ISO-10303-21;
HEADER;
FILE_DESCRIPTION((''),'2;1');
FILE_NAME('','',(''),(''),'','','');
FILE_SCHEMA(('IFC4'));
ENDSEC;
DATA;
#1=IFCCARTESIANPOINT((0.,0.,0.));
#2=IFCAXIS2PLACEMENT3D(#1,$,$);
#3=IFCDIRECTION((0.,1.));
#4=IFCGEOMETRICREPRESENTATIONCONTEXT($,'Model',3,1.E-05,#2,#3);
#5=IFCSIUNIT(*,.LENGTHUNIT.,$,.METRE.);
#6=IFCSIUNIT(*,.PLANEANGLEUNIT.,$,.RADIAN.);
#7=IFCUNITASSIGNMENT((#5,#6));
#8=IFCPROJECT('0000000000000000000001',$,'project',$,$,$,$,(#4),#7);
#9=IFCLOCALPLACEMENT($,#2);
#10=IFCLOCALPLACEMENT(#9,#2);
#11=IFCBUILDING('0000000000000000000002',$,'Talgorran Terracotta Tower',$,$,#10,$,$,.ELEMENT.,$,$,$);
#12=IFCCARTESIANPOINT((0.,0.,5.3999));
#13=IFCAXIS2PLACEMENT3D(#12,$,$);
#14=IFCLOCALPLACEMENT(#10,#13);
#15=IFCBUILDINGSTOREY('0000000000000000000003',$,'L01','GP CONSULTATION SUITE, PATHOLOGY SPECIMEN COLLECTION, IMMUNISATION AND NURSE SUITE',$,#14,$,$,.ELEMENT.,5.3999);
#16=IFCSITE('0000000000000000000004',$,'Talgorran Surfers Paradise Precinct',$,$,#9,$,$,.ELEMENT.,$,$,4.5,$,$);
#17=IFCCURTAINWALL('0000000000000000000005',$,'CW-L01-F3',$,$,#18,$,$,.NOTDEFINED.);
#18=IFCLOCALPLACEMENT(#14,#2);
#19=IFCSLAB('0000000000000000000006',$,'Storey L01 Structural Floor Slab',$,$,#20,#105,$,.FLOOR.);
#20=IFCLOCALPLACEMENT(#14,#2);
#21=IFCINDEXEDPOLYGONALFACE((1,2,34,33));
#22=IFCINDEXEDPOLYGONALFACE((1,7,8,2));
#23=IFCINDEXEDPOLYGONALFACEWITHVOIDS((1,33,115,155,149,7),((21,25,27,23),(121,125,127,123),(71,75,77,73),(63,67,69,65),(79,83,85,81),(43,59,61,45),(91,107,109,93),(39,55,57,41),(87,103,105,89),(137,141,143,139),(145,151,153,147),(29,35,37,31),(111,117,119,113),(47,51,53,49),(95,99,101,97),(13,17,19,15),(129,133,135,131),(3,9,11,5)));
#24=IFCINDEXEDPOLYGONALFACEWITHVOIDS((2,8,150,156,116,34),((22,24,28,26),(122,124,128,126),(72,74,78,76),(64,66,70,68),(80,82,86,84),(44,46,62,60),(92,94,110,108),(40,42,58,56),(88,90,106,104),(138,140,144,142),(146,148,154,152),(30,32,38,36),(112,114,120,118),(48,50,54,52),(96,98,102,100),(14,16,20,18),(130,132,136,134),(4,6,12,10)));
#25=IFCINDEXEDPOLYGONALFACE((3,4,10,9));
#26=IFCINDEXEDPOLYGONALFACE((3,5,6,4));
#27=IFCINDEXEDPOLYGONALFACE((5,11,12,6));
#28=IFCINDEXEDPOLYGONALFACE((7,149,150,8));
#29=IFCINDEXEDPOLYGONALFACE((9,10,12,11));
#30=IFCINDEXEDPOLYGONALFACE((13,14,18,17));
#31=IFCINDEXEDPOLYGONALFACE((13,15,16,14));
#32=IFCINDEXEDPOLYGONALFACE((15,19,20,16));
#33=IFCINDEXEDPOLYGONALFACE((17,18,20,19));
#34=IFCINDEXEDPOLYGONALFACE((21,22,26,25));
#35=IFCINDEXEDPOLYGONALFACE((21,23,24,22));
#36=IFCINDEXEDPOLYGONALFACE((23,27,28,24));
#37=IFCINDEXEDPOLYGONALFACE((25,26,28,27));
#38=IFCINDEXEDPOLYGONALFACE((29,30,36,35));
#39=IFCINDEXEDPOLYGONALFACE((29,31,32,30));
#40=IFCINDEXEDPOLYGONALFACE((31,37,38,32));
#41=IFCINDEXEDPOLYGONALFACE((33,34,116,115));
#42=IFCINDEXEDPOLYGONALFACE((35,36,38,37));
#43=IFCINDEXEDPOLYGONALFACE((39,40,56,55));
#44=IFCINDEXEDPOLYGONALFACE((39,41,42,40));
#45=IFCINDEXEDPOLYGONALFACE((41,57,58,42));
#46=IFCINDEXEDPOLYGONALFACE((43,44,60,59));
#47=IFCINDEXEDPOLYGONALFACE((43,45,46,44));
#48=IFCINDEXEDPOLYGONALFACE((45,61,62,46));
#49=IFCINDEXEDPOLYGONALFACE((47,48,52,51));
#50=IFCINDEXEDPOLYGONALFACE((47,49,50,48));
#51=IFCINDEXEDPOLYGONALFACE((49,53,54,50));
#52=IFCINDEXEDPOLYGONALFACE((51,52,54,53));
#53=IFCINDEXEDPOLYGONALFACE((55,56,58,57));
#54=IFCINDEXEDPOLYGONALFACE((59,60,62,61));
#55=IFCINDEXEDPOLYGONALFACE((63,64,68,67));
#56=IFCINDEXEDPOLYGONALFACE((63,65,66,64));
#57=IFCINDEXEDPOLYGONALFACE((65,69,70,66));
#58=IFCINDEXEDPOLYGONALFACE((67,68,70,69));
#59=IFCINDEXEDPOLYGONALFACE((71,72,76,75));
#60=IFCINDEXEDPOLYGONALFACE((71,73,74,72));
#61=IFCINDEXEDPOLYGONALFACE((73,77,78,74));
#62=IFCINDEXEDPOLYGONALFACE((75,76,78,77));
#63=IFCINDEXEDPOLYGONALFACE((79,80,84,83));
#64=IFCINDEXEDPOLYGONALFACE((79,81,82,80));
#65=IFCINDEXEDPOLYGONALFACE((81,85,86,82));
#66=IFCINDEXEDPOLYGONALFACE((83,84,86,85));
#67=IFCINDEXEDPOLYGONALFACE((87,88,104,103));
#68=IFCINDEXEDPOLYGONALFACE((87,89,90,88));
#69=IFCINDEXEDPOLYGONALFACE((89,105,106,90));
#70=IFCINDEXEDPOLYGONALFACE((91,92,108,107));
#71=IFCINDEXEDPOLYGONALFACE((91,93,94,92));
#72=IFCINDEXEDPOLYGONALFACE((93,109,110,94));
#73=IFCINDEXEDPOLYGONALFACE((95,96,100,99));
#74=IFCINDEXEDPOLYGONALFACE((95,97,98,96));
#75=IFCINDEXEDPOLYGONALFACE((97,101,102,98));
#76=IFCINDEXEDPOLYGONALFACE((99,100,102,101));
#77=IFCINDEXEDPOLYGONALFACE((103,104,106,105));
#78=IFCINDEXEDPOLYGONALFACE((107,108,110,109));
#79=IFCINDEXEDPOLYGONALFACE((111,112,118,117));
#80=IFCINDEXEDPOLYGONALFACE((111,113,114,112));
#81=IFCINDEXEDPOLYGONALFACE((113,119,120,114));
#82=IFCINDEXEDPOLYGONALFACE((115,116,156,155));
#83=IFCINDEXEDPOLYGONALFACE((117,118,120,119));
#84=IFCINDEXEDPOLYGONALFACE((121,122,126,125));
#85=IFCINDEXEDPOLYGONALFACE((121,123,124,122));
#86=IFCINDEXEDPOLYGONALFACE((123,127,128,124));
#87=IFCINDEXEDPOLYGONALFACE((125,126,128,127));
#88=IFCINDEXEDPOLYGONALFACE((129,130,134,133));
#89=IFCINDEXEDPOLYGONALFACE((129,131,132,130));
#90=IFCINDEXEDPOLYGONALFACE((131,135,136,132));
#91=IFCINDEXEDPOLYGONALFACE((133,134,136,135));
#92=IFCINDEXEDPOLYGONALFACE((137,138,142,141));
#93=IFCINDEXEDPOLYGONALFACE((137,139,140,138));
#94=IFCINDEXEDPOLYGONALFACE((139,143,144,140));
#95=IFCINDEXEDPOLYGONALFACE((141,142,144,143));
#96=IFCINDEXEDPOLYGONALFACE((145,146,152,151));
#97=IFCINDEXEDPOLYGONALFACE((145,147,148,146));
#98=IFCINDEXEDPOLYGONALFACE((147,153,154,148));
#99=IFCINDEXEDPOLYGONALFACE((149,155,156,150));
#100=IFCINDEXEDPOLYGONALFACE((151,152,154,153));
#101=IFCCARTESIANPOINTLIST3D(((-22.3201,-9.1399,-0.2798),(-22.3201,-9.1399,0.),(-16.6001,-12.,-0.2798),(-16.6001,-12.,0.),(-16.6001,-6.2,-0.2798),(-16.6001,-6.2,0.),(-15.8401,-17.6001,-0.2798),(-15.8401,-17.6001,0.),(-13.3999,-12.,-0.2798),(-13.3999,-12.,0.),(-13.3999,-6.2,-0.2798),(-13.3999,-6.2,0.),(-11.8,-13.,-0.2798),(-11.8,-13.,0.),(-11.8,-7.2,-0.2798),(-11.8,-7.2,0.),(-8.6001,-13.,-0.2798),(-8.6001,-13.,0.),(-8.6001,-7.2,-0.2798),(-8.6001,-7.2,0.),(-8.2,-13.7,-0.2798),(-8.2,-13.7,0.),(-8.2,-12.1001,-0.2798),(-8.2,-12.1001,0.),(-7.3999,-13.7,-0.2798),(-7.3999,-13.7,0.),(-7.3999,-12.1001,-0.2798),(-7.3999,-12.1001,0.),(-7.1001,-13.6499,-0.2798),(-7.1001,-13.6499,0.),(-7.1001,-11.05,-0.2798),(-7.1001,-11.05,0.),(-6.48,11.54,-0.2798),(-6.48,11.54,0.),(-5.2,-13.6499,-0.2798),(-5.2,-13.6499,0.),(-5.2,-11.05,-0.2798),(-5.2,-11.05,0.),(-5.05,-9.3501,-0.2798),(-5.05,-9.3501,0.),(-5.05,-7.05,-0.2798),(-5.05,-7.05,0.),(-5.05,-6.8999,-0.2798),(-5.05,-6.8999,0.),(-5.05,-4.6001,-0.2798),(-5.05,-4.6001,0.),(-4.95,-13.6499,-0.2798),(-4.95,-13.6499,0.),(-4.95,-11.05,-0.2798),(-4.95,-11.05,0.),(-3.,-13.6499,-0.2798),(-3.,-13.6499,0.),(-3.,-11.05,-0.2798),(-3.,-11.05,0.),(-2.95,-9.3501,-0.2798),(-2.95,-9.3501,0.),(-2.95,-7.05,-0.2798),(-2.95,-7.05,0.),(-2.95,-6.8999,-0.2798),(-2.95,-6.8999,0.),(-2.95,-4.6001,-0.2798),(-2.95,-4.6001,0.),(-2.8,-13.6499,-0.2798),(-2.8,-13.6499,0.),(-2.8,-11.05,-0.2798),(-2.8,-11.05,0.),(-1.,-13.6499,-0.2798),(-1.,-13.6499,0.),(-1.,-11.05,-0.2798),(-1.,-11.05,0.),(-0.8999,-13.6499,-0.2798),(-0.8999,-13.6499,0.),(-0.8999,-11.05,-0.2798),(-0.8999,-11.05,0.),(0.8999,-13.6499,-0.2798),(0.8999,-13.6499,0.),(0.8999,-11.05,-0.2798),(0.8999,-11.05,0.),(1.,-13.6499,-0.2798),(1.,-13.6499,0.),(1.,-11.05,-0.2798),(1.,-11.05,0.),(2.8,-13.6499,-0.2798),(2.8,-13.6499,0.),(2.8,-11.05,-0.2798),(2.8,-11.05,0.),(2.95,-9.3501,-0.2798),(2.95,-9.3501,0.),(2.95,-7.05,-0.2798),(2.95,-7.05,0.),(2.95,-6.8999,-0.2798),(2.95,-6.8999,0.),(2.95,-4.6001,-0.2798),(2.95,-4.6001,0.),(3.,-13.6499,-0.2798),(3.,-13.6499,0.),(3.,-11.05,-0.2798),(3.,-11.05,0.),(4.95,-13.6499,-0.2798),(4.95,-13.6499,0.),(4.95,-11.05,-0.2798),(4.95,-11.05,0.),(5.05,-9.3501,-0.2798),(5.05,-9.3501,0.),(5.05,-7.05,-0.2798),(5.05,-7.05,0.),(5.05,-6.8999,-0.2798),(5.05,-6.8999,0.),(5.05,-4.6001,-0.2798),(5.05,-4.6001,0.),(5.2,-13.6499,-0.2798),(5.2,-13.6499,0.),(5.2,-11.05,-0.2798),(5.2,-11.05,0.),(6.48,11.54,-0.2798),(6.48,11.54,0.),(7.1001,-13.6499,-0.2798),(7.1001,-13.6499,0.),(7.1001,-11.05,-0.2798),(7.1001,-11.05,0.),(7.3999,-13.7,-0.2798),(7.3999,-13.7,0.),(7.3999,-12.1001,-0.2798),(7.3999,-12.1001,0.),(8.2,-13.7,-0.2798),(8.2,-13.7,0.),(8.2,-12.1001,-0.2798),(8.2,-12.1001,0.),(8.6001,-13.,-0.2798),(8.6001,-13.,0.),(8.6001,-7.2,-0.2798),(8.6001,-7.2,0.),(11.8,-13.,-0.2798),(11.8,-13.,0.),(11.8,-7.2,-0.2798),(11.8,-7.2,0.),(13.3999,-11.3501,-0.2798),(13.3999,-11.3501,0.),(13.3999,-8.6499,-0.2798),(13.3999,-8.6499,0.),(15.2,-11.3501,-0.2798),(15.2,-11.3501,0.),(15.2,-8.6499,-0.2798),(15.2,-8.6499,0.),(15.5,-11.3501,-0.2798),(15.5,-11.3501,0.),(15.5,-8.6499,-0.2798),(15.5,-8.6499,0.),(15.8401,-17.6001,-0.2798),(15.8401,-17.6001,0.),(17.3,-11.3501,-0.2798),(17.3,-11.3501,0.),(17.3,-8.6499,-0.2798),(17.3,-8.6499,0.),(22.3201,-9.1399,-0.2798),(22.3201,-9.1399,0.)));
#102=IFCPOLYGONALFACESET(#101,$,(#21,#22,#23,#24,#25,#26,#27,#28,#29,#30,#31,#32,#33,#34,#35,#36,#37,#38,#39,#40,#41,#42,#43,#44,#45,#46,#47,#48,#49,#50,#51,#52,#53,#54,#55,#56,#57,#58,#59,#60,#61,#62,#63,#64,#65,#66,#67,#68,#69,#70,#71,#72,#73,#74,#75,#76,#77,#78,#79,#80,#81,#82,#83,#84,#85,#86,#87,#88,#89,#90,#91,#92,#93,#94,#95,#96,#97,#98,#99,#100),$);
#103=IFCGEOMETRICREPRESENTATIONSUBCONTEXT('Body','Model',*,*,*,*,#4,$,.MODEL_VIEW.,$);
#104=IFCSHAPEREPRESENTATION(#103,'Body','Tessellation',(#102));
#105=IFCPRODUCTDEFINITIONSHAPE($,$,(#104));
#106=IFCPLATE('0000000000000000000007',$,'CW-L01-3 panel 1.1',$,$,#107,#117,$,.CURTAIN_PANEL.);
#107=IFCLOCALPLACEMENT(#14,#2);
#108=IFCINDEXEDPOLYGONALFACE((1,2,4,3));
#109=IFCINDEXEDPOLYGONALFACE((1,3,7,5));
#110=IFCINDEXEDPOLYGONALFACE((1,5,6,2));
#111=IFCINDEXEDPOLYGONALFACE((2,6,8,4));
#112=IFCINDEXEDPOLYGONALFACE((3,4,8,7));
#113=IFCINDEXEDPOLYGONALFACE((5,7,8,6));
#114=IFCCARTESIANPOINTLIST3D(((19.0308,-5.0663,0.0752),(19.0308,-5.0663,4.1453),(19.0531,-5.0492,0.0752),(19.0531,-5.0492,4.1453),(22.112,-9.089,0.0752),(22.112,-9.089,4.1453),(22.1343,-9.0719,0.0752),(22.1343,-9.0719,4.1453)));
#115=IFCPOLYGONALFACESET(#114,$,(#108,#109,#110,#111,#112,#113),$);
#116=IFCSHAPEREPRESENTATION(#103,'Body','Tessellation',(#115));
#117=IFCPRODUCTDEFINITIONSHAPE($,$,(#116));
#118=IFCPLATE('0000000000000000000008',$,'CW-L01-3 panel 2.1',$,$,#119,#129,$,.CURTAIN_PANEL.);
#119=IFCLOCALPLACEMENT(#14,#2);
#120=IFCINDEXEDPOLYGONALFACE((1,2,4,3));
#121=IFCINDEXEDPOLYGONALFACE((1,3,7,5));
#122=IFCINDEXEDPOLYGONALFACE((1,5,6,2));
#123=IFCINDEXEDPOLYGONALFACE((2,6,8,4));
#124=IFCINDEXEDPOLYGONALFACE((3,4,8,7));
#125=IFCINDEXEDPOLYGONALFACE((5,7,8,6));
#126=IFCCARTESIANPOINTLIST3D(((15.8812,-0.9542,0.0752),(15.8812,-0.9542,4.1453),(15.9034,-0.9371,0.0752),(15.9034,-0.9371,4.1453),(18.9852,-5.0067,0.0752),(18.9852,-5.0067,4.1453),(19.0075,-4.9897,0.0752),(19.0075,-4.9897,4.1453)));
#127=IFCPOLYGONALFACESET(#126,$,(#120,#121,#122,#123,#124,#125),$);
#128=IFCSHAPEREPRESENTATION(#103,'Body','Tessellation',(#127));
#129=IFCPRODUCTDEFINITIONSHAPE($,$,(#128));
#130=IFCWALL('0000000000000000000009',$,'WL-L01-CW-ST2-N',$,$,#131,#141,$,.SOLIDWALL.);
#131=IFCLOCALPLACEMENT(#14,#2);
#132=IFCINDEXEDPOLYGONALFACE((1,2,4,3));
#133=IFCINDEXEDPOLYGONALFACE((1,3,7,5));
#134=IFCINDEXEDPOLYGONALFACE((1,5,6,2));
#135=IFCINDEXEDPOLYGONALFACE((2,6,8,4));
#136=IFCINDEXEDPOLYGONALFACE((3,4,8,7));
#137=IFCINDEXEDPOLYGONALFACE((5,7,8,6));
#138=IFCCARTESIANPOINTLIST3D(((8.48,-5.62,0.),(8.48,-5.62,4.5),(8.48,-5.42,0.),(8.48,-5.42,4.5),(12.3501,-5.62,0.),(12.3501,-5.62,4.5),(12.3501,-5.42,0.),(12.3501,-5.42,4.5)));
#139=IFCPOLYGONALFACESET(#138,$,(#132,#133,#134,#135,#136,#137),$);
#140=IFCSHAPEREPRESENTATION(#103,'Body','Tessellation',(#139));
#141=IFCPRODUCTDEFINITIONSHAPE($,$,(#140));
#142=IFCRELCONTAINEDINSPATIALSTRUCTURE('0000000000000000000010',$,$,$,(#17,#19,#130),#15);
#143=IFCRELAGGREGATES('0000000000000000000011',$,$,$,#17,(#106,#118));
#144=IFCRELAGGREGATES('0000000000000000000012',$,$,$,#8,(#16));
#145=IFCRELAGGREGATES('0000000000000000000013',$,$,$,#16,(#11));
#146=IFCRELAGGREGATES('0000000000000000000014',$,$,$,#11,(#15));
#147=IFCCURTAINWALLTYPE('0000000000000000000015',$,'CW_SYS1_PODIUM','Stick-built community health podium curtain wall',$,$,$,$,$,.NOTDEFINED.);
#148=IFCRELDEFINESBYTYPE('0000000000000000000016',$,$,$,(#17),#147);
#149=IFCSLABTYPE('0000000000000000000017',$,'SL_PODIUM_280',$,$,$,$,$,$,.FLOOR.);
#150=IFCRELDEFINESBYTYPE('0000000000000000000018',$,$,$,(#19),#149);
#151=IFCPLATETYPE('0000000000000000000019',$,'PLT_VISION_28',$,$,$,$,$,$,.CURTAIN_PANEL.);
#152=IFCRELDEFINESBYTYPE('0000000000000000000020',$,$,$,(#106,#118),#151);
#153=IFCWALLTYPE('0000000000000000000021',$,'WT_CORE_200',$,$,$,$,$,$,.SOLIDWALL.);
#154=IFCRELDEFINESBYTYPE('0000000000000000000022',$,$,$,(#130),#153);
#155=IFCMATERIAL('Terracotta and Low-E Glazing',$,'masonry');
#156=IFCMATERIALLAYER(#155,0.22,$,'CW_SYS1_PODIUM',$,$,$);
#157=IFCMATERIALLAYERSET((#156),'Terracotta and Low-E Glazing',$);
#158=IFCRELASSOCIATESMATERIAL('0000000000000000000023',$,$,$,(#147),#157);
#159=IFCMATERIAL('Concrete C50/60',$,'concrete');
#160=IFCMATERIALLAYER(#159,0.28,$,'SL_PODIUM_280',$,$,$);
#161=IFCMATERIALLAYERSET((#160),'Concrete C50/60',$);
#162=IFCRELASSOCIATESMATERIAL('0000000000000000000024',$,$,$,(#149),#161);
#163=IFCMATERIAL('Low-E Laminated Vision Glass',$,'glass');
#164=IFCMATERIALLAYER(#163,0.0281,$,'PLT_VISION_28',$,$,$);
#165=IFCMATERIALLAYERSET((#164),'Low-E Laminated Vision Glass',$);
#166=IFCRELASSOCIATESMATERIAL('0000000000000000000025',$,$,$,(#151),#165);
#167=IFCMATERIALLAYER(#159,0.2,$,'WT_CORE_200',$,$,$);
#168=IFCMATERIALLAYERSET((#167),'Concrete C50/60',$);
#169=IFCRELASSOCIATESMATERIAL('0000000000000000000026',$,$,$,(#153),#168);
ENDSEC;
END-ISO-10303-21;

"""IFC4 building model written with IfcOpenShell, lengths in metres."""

from ifc_helpers import new_model, si_unit, direction, frame, frame_2d, origin, origin_2d, place, context, subcontext, project, spatial, polyline, rectangle, outline, extrude, source, transform, mapped, material, layer, layer_set, type_object, type_shapes, element, aggregate, save


model = new_model("IFC4")

# Units and contexts
model_context = context("Model", 3, precision=1e-05, world=origin(), true_north=direction((0.0, 1.0)))
body_context = subcontext(model_context, "Body", "Model", "MODEL_VIEW")
ifc_project = project(units=[si_unit("LENGTHUNIT", "METRE"), si_unit("PLANEANGLEUNIT", "RADIAN")], contexts=[model_context])

# Site, building, storey
site_placement = place(None, origin())
site = spatial("IfcSite", under=ifc_project, at=site_placement, Name="Talgorran Surfers Paradise Precinct", CompositionType="ELEMENT", RefElevation=4.5)
building_placement = place(site_placement, origin())
building = spatial("IfcBuilding", under=site, at=building_placement, Name="Talgorran Terracotta Tower", CompositionType="ELEMENT")
storey_placement = place(building_placement, frame((0.0, 0.0, 5.3999)))
storey = spatial("IfcBuildingStorey", under=building, at=storey_placement, Name="L01", Description="GP CONSULTATION SUITE, PATHOLOGY SPECIMEN COLLECTION, IMMUNISATION AND NURSE SUITE", CompositionType="ELEMENT", Elevation=5.3999)

# Curtain wall
ifc_material_1 = material(Name="Terracotta and Low-E Glazing", Category="masonry")
ifc_layer_1 = layer(ifc_material_1, 0.22, Name="CW_SYS1_PODIUM")
ifc_layer_set_1 = layer_set([ifc_layer_1], Name="Terracotta and Low-E Glazing")
curtain_wall_type = type_object("IfcCurtainWallType", Name="CW_SYS1_PODIUM", Description="Stick-built community health podium curtain wall", PredefinedType="NOTDEFINED", material=ifc_layer_set_1)
curtain_wall_placement = place(storey_placement, origin())
curtain_wall = element("IfcCurtainWall", 1, at=curtain_wall_placement, inside=storey, type_object=curtain_wall_type, Name="CW-L01-F3", PredefinedType="NOTDEFINED")

# Slab
ifc_material_2 = material(Name="Concrete C50/60", Category="concrete")
ifc_layer_2 = layer(ifc_material_2, 0.28, Name="SL_PODIUM_280")
ifc_layer_set_2 = layer_set([ifc_layer_2], Name="Concrete C50/60")
slab_type = type_object("IfcSlabType", Name="SL_PODIUM_280", PredefinedType="FLOOR", material=ifc_layer_set_2)
slab_placement = place(storey_placement, frame((0.0, 0.0, -0.2798)))
element("IfcSlab", 2, at=slab_placement, inside=storey, type_object=slab_type, Name="Storey L01 Structural Floor Slab", PredefinedType="FLOOR", context=body_context, shape_type="SweptSolid", body=[
    extrude(outline(polyline([(-22.3201, -9.1399), (-15.8401, -17.6001), (15.8401, -17.6001), (22.3201, -9.1399), (6.48, 11.54), (-6.48, 11.54), (-22.3201, -9.1399)]), holes=[polyline([(-11.8, -7.2), (-11.8, -13.0), (-8.6001, -13.0), (-8.6001, -7.2), (-11.8, -7.2)]), polyline([(8.6001, -7.2), (8.6001, -13.0), (11.8, -13.0), (11.8, -7.2), (8.6001, -7.2)]), polyline([(-16.6001, -6.2), (-16.6001, -12.0), (-13.3999, -12.0), (-13.3999, -6.2), (-16.6001, -6.2)]), polyline([(-7.1001, -13.6499), (-5.2, -13.6499), (-5.2, -11.05), (-7.1001, -11.05), (-7.1001, -13.6499)]), polyline([(5.2, -13.6499), (7.1001, -13.6499), (7.1001, -11.05), (5.2, -11.05), (5.2, -13.6499)]), polyline([(3.0, -13.6499), (4.95, -13.6499), (4.95, -11.05), (3.0, -11.05), (3.0, -13.6499)]), polyline([(-4.95, -13.6499), (-3.0, -13.6499), (-3.0, -11.05), (-4.95, -11.05), (-4.95, -13.6499)]), polyline([(-5.05, -9.3501), (-2.95, -9.3501), (-2.95, -7.05), (-5.05, -7.05), (-5.05, -9.3501)]), polyline([(-5.05, -6.8999), (-2.95, -6.8999), (-2.95, -4.6001), (-5.05, -4.6001), (-5.05, -6.8999)]), polyline([(2.95, -9.3501), (5.05, -9.3501), (5.05, -7.05), (2.95, -7.05), (2.95, -9.3501)]), polyline([(2.95, -6.8999), (5.05, -6.8999), (5.05, -4.6001), (2.95, -4.6001), (2.95, -6.8999)]), polyline([(-2.8, -13.6499), (-1.0, -13.6499), (-1.0, -11.05), (-2.8, -11.05), (-2.8, -13.6499)]), polyline([(-0.8999, -13.6499), (0.8999, -13.6499), (0.8999, -11.05), (-0.8999, -11.05), (-0.8999, -13.6499)]), polyline([(1.0, -13.6499), (2.8, -13.6499), (2.8, -11.05), (1.0, -11.05), (1.0, -13.6499)]), polyline([(13.3999, -11.3501), (15.2, -11.3501), (15.2, -8.6499), (13.3999, -8.6499), (13.3999, -11.3501)]), polyline([(15.5, -11.3501), (17.3, -11.3501), (17.3, -8.6499), (15.5, -8.6499), (15.5, -11.3501)]), polyline([(-8.2, -13.7), (-7.3999, -13.7), (-7.3999, -12.1001), (-8.2, -12.1001), (-8.2, -13.7)]), polyline([(7.3999, -13.7), (8.2, -13.7), (8.2, -12.1001), (7.3999, -12.1001), (7.3999, -13.7)])]), origin(), (0.0, 0.0, 1.0), 0.2798),
])

# Plates
ifc_material_3 = material(Name="Low-E Laminated Vision Glass", Category="glass")
ifc_layer_3 = layer(ifc_material_3, 0.0281, Name="PLT_VISION_28")
ifc_layer_set_3 = layer_set([ifc_layer_3], Name="Low-E Laminated Vision Glass")
plate_type = type_object("IfcPlateType", Name="PLT_VISION_28", PredefinedType="CURTAIN_PANEL", material=ifc_layer_set_3)
shared_shape_1 = source(origin(), body_context, "Body", "SweptSolid", [
    extrude(rectangle(XDim=5.0671, YDim=0.0281, at=origin_2d()), origin(), (0.0, 0.0, 1.0), 4.0701),
])
plate_1_placement = place(storey_placement, frame((20.5825, -7.0691, 0.0752), z_axis=(0.0, 0.0, 1.0), x_axis=(-0.608075, 0.79388, 0.0)))
plate_1 = element("IfcPlate", 3, at=plate_1_placement, type_object=plate_type, Name="CW-L01-3 panel 1.1", PredefinedType="CURTAIN_PANEL", context=body_context, shape_type="MappedRepresentation", body=[
    mapped(shared_shape_1, transform((0.0, 0.0, 0.0), scale=1.0)),
])
shared_shape_2 = source(origin(), body_context, "Body", "SweptSolid", [
    extrude(rectangle(XDim=5.1047, YDim=0.0281, at=origin_2d()), origin(), (0.0, 0.0, 1.0), 4.0701),
])
type_shapes(plate_type, [shared_shape_1, shared_shape_2])
plate_2_placement = place(storey_placement, frame((17.4443, -2.9719, 0.0752), z_axis=(0.0, 0.0, 1.0), x_axis=(-0.608075, 0.79388, 0.0)))
plate_2 = element("IfcPlate", 4, at=plate_2_placement, type_object=plate_type, Name="CW-L01-3 panel 2.1", PredefinedType="CURTAIN_PANEL", context=body_context, shape_type="MappedRepresentation", body=[
    mapped(shared_shape_2, transform((0.0, 0.0, 0.0), scale=1.0)),
])
aggregate(curtain_wall, [plate_1, plate_2])

# Wall
ifc_layer_4 = layer(ifc_material_2, 0.2, Name="WT_CORE_200")
ifc_layer_set_4 = layer_set([ifc_layer_4], Name="Concrete C50/60")
wall_type_1 = type_object("IfcWallType", Name="WT_CORE_200", PredefinedType="SOLIDWALL", material=ifc_layer_set_4)
wall_1_placement = place(storey_placement, frame((8.48, -5.52, 0.0), z_axis=(0.0, 0.0, 1.0), x_axis=(1.0, 0.0, 0.0)))
element("IfcWall", 5, at=wall_1_placement, inside=storey, type_object=wall_type_1, Name="WL-L01-CW-ST2-N", PredefinedType="SOLIDWALL", context=body_context, shape_type="SweptSolid", body=[
    extrude(rectangle(XDim=3.8701, YDim=0.2, at=frame_2d((1.9351, 0.0))), origin(), (0.0, 0.0, 1.0), 4.5),
])

save(model, "model.ifc")
